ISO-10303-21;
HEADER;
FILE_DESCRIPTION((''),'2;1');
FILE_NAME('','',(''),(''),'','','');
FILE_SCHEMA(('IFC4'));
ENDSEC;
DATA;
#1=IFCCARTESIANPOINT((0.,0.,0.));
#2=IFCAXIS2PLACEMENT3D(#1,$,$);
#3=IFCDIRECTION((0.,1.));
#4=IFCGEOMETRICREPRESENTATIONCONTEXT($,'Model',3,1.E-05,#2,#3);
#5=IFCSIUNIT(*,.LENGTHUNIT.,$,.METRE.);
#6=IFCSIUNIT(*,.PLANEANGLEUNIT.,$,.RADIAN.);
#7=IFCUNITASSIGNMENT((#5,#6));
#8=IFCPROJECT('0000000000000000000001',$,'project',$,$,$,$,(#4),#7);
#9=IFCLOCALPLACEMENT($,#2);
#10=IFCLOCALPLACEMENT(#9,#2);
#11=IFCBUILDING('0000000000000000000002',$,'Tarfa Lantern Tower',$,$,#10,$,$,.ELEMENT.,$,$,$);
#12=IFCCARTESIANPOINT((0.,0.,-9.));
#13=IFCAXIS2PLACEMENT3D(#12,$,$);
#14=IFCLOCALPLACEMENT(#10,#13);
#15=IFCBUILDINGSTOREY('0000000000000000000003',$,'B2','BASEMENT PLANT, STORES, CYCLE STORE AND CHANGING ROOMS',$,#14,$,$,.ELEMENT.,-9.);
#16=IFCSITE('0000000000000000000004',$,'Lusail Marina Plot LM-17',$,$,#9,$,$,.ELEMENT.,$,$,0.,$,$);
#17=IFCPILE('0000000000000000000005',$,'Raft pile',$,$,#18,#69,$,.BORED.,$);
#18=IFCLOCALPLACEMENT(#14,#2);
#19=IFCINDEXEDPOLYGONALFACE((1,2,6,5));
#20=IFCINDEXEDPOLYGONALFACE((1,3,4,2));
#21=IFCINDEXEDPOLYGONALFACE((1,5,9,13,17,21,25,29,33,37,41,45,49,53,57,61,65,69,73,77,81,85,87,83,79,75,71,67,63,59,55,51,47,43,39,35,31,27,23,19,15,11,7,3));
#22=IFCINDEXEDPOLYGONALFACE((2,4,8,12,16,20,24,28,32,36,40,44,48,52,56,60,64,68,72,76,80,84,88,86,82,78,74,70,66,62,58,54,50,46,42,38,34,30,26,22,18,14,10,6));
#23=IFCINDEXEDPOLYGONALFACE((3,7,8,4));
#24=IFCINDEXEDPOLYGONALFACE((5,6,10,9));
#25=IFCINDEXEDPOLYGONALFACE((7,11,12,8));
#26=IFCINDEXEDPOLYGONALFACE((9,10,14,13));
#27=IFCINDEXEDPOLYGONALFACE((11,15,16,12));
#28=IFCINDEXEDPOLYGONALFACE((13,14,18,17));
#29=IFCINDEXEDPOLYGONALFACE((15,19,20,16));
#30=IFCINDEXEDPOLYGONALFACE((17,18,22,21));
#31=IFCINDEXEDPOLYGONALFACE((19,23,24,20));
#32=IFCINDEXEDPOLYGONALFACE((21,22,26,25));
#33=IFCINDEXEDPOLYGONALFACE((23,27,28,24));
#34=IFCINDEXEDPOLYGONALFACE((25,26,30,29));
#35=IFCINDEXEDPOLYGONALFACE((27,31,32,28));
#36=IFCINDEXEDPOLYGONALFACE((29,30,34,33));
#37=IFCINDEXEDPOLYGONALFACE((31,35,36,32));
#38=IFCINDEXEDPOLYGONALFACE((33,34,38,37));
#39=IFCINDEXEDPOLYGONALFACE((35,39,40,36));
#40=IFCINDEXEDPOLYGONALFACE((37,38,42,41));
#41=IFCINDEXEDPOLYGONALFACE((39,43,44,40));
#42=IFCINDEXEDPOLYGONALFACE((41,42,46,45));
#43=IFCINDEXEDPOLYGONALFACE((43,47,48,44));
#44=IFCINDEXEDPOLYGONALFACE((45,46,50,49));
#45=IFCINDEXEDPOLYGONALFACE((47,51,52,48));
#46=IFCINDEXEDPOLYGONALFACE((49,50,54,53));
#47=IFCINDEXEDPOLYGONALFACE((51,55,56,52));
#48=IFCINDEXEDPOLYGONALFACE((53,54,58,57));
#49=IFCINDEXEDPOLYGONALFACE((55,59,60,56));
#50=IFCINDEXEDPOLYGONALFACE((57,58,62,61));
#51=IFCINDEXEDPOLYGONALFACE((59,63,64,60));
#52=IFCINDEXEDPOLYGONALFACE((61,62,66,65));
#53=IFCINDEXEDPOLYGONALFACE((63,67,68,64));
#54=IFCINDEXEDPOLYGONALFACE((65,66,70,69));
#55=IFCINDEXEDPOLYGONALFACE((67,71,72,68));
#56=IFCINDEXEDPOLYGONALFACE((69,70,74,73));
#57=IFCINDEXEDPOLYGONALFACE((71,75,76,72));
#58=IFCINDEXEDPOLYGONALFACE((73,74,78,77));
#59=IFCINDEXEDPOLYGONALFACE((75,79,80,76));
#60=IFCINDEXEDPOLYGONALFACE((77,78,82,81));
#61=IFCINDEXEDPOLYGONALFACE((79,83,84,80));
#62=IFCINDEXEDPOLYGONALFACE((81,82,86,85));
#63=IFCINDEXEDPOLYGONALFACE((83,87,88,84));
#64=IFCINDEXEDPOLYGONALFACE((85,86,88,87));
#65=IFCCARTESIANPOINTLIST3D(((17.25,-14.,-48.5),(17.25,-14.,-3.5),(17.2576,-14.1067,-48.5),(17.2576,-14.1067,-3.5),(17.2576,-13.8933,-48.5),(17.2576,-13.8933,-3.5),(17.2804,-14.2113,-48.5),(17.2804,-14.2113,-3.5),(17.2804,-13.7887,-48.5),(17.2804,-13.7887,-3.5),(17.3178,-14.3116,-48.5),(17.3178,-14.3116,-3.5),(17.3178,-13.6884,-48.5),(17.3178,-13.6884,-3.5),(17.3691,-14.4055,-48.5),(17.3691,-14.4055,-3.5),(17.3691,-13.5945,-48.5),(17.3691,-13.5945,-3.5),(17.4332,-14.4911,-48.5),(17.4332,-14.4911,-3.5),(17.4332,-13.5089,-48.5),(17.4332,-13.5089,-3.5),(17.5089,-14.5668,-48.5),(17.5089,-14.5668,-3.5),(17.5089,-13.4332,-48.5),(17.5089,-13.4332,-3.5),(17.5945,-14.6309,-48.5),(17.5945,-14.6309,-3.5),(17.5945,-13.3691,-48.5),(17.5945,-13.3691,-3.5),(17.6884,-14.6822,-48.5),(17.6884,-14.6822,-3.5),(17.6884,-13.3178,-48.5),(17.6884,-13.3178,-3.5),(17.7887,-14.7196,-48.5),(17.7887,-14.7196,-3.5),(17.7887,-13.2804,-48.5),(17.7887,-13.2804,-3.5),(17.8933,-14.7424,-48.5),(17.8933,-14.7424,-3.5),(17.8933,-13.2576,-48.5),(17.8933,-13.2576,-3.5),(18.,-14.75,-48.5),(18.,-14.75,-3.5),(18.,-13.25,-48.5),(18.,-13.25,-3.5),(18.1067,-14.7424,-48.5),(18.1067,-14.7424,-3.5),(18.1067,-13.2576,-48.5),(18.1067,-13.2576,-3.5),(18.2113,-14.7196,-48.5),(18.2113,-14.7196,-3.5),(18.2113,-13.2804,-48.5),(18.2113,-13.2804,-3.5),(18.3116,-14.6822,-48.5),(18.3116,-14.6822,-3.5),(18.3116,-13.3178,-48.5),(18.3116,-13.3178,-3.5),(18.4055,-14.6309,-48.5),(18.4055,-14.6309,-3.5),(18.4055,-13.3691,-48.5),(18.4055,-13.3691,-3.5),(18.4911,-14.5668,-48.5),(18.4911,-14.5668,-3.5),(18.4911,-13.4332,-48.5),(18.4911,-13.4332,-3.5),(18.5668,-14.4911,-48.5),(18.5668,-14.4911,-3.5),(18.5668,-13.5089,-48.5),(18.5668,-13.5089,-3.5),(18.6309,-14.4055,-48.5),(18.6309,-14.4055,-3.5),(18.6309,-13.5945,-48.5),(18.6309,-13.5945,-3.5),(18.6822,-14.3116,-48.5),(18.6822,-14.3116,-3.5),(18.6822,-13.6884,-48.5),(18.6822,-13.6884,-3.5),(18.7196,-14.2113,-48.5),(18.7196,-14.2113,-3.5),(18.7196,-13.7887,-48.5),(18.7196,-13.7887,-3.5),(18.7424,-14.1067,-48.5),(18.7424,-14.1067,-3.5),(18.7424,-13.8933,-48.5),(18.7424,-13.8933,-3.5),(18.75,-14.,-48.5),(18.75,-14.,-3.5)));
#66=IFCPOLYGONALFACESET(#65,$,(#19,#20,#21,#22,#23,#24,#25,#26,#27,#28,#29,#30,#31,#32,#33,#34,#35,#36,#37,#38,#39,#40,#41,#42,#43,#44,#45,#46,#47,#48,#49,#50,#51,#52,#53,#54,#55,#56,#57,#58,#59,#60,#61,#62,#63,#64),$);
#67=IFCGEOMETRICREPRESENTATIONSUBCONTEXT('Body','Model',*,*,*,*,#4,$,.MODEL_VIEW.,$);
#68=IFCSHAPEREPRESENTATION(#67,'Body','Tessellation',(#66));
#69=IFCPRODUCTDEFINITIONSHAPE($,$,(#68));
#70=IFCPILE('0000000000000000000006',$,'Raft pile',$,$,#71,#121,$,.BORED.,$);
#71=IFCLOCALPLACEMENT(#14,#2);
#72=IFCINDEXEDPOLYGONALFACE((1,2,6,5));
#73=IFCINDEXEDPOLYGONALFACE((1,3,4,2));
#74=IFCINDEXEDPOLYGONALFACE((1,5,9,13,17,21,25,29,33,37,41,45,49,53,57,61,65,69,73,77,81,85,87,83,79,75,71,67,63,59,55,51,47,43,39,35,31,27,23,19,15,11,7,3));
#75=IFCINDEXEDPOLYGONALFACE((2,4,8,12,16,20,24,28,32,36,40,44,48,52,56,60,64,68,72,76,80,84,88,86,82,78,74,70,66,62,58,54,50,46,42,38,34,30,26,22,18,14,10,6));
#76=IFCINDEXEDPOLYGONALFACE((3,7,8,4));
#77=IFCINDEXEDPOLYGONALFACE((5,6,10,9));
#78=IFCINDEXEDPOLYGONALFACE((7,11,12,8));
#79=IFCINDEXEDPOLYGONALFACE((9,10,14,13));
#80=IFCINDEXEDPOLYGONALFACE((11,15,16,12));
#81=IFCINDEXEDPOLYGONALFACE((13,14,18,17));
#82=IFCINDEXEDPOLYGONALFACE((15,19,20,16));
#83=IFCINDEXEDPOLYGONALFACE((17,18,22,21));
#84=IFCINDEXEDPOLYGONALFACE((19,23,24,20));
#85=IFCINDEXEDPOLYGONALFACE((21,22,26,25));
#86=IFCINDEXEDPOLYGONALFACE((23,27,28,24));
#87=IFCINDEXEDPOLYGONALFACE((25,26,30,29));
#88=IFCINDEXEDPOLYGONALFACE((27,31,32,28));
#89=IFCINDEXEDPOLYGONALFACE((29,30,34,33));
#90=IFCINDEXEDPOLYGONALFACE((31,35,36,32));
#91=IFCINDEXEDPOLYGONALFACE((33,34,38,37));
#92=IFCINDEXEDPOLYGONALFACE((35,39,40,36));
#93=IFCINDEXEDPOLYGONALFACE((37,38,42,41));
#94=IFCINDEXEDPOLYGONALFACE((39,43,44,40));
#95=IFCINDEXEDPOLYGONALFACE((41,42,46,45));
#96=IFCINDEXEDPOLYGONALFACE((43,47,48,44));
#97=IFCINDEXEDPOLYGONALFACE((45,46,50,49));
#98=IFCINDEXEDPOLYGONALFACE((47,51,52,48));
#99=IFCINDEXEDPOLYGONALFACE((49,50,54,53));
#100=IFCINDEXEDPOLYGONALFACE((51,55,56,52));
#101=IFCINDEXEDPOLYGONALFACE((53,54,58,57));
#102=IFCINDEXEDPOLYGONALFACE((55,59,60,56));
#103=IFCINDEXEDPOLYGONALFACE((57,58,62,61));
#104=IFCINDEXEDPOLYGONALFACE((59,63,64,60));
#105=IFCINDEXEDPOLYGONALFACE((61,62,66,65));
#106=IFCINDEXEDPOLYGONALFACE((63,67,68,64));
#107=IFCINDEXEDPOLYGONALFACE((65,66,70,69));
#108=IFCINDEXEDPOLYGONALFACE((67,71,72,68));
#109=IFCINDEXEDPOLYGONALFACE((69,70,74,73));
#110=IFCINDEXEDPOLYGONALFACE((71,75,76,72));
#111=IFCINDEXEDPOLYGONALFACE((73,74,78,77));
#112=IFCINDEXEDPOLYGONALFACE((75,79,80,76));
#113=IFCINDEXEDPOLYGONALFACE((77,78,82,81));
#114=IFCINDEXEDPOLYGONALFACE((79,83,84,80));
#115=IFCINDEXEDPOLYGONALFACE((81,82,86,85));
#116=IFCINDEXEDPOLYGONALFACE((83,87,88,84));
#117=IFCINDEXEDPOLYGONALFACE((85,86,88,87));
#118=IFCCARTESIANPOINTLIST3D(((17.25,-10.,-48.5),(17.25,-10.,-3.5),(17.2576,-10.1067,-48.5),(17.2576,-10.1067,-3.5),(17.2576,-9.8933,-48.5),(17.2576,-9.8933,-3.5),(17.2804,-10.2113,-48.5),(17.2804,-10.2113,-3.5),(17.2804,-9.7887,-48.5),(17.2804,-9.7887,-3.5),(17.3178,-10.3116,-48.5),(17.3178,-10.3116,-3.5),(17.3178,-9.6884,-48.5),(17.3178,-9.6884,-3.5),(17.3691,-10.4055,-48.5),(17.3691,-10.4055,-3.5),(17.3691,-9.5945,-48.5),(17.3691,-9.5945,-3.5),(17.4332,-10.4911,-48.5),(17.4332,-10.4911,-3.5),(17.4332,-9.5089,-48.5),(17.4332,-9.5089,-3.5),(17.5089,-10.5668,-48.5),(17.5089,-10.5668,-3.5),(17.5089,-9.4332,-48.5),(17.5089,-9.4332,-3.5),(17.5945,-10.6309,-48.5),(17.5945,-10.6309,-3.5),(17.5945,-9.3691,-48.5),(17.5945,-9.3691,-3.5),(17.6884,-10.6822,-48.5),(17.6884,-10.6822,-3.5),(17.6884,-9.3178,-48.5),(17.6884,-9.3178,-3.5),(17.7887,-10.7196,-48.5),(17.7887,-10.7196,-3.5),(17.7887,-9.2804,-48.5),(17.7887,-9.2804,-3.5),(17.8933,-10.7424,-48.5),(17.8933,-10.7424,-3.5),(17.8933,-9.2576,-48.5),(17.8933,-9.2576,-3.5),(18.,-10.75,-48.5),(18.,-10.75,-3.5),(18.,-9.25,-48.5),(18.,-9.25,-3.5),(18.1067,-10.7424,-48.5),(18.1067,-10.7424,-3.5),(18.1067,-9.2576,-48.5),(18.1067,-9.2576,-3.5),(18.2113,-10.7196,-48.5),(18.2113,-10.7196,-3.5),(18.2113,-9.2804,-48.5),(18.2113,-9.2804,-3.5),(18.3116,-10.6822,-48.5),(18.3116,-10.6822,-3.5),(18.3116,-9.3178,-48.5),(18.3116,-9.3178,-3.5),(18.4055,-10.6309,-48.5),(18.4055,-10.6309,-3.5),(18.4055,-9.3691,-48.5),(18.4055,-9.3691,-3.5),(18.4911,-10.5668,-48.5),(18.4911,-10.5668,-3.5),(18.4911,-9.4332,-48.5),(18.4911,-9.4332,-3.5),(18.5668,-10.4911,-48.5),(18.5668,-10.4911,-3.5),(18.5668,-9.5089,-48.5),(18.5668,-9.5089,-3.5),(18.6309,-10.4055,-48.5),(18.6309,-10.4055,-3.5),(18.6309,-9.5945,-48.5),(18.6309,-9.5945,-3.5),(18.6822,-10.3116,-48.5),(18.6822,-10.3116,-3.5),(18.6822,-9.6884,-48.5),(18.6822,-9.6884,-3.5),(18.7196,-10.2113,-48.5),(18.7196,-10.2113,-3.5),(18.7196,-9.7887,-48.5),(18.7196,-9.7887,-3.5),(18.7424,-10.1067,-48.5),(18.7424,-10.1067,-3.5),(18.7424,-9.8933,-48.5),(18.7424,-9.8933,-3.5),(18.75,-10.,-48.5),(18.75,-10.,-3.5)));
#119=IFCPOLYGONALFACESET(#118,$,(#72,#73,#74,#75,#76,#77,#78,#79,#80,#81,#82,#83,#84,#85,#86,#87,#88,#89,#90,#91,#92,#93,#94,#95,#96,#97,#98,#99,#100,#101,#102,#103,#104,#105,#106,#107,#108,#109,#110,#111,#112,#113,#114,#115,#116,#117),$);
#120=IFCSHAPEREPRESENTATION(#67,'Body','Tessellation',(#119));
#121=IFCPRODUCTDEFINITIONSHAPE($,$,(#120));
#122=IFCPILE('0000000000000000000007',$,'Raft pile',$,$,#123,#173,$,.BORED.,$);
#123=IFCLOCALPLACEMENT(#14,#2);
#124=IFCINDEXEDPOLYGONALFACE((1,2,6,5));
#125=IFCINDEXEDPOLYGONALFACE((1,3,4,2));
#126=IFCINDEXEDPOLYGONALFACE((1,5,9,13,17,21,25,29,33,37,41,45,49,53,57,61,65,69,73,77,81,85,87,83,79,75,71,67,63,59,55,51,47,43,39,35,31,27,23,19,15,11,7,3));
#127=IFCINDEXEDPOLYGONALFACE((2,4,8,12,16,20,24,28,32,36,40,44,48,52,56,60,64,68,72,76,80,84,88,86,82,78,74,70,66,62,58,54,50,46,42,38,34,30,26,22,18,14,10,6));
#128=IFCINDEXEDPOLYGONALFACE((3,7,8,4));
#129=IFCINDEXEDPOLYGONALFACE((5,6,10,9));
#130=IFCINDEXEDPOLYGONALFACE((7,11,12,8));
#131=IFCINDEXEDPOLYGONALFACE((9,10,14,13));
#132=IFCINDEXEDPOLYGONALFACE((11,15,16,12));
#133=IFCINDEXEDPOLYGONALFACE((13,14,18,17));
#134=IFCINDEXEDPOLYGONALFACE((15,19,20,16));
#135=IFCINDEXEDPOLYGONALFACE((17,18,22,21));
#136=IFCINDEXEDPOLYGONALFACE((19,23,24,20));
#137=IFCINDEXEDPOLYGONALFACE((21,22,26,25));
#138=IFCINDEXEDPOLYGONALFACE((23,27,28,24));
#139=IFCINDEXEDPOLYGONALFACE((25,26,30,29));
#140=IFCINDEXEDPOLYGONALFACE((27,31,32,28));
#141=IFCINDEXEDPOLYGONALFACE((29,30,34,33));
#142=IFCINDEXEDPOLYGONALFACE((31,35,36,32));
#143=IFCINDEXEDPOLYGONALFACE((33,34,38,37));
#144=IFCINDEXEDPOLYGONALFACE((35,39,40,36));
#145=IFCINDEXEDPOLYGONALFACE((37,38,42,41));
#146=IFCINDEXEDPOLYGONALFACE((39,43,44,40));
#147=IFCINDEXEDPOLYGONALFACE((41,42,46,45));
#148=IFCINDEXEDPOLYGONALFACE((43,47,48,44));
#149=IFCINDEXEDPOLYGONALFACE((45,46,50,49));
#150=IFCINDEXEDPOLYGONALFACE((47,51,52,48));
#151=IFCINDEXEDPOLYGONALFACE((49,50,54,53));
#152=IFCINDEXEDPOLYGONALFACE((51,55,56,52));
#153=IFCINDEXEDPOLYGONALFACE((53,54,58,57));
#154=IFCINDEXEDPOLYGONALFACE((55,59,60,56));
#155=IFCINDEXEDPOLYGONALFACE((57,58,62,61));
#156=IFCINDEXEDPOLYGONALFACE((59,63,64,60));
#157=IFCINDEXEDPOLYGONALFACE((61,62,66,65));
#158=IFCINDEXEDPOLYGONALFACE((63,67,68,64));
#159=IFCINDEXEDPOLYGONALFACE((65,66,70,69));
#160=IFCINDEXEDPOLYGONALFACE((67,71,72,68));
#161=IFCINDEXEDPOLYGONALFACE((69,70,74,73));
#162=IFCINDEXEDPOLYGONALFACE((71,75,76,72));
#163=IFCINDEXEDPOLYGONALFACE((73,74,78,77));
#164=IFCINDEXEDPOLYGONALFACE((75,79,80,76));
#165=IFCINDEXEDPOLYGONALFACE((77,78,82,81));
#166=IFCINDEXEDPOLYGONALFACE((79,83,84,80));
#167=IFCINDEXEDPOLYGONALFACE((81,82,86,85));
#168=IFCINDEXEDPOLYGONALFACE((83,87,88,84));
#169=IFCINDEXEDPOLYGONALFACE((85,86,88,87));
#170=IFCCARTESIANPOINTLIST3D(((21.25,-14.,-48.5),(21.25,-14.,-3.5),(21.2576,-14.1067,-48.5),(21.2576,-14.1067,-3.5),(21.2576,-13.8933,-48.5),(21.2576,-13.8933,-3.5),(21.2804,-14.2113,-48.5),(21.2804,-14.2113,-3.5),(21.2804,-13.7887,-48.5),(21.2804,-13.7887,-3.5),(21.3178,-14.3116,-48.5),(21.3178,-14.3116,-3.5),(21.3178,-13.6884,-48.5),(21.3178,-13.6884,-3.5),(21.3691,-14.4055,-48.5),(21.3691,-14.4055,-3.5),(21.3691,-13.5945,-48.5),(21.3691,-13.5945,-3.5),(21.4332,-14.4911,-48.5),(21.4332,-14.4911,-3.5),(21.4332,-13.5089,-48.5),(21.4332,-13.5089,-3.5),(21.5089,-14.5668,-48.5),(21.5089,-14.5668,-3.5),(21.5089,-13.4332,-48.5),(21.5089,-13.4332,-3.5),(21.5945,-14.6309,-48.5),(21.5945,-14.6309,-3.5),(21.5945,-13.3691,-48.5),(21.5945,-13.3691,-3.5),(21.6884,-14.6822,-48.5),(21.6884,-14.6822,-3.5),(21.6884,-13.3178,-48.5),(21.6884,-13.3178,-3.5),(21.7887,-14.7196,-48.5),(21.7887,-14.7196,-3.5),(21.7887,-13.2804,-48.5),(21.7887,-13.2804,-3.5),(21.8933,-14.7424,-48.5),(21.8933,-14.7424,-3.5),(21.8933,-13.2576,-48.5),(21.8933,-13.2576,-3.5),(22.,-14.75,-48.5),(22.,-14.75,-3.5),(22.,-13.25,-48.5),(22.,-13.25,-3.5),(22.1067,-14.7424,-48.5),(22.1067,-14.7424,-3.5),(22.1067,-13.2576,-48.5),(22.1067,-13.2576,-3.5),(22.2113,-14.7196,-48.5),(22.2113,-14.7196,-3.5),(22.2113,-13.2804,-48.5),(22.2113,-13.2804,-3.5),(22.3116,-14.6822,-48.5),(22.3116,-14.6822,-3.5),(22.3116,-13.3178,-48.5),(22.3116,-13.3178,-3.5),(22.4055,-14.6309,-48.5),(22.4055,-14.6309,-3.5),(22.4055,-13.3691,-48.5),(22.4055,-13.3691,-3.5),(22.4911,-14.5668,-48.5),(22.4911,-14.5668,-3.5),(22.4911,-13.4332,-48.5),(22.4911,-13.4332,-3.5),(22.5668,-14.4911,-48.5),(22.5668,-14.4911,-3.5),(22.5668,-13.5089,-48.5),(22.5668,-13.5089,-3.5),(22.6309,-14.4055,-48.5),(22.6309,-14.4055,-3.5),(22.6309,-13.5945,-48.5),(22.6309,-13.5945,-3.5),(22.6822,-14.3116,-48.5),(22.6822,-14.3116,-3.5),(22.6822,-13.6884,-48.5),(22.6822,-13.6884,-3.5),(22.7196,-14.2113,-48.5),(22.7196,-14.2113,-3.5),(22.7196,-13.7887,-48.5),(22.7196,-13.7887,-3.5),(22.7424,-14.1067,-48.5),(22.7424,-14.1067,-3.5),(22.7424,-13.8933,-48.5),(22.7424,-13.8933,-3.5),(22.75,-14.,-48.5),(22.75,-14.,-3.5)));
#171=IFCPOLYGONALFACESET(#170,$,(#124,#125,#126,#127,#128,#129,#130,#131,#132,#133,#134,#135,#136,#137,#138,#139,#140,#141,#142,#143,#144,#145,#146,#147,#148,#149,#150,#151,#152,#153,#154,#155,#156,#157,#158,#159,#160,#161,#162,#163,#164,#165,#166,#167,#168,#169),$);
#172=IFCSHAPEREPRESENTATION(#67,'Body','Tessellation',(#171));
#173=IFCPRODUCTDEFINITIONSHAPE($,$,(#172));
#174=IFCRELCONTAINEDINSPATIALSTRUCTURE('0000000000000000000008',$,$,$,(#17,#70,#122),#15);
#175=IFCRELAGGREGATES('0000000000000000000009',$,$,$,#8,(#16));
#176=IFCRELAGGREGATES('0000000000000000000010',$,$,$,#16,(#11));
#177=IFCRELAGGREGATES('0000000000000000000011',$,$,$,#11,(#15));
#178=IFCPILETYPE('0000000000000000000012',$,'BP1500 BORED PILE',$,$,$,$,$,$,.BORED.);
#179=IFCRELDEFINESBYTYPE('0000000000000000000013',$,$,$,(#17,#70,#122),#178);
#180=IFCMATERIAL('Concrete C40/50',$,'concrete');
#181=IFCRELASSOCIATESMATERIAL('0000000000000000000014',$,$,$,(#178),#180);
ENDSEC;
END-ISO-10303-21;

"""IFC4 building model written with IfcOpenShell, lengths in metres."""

from ifc_helpers import new_model, si_unit, direction, frame, origin, origin_2d, place, context, subcontext, project, spatial, circle, extrude, material, material_profile, profile_set, type_object, element, save


model = new_model("IFC4")

# Units and contexts
model_context = context("Model", 3, precision=1e-05, world=origin(), true_north=direction((0.0, 1.0)))
body_context = subcontext(model_context, "Body", "Model", "MODEL_VIEW")
ifc_project = project(units=[si_unit("LENGTHUNIT", "METRE"), si_unit("PLANEANGLEUNIT", "RADIAN")], contexts=[model_context])

# Site, building, storey
site_placement = place(None, origin())
site = spatial("IfcSite", under=ifc_project, at=site_placement, Name="Lusail Marina Plot LM-17", CompositionType="ELEMENT", RefElevation=0.0)
building_placement = place(site_placement, origin())
building = spatial("IfcBuilding", under=site, at=building_placement, Name="Tarfa Lantern Tower", CompositionType="ELEMENT")
storey_placement = place(building_placement, frame((0.0, 0.0, -9.0)))
storey = spatial("IfcBuildingStorey", under=building, at=storey_placement, Name="B2", Description="BASEMENT PLANT, STORES, CYCLE STORE AND CHANGING ROOMS", CompositionType="ELEMENT", Elevation=-9.0)

# Piles
ifc_material_1 = material(Name="Concrete C40/50", Category="concrete")
ifc_material_profile_1 = material_profile(ifc_material_1, circle(Radius=0.75, at=origin_2d()), Name="BORED PILE D1500")
ifc_profile_set_1 = profile_set([ifc_material_profile_1], Name="Concrete C40/50")
pile_type = type_object("IfcPileType", Name="BP1500 BORED PILE", PredefinedType="BORED", material=ifc_profile_set_1)
for number, where, z_axis, x_axis, name in (
    (1, (18.0, -14.0, -3.5), (0.0, 0.0, -1.0), (1.0, 0.0, 0.0), "Raft pile"),
    (2, (18.0, -10.0, -3.5), (0.0, 0.0, -1.0), (1.0, 0.0, 0.0), "Raft pile"),
    (3, (22.0, -14.0, -3.5), (0.0, 0.0, -1.0), (1.0, 0.0, 0.0), "Raft pile"),
):
    element("IfcPile", number, at=place(storey_placement, frame(where, z_axis=z_axis, x_axis=x_axis)), inside=storey, type_object=pile_type, Name=name, PredefinedType="BORED", context=body_context, shape_type="SweptSolid", body=[
        extrude(circle(Radius=0.75, at=origin_2d()), origin(), (0.0, 0.0, 1.0), 45.0),
    ])

save(model, "model.ifc")
